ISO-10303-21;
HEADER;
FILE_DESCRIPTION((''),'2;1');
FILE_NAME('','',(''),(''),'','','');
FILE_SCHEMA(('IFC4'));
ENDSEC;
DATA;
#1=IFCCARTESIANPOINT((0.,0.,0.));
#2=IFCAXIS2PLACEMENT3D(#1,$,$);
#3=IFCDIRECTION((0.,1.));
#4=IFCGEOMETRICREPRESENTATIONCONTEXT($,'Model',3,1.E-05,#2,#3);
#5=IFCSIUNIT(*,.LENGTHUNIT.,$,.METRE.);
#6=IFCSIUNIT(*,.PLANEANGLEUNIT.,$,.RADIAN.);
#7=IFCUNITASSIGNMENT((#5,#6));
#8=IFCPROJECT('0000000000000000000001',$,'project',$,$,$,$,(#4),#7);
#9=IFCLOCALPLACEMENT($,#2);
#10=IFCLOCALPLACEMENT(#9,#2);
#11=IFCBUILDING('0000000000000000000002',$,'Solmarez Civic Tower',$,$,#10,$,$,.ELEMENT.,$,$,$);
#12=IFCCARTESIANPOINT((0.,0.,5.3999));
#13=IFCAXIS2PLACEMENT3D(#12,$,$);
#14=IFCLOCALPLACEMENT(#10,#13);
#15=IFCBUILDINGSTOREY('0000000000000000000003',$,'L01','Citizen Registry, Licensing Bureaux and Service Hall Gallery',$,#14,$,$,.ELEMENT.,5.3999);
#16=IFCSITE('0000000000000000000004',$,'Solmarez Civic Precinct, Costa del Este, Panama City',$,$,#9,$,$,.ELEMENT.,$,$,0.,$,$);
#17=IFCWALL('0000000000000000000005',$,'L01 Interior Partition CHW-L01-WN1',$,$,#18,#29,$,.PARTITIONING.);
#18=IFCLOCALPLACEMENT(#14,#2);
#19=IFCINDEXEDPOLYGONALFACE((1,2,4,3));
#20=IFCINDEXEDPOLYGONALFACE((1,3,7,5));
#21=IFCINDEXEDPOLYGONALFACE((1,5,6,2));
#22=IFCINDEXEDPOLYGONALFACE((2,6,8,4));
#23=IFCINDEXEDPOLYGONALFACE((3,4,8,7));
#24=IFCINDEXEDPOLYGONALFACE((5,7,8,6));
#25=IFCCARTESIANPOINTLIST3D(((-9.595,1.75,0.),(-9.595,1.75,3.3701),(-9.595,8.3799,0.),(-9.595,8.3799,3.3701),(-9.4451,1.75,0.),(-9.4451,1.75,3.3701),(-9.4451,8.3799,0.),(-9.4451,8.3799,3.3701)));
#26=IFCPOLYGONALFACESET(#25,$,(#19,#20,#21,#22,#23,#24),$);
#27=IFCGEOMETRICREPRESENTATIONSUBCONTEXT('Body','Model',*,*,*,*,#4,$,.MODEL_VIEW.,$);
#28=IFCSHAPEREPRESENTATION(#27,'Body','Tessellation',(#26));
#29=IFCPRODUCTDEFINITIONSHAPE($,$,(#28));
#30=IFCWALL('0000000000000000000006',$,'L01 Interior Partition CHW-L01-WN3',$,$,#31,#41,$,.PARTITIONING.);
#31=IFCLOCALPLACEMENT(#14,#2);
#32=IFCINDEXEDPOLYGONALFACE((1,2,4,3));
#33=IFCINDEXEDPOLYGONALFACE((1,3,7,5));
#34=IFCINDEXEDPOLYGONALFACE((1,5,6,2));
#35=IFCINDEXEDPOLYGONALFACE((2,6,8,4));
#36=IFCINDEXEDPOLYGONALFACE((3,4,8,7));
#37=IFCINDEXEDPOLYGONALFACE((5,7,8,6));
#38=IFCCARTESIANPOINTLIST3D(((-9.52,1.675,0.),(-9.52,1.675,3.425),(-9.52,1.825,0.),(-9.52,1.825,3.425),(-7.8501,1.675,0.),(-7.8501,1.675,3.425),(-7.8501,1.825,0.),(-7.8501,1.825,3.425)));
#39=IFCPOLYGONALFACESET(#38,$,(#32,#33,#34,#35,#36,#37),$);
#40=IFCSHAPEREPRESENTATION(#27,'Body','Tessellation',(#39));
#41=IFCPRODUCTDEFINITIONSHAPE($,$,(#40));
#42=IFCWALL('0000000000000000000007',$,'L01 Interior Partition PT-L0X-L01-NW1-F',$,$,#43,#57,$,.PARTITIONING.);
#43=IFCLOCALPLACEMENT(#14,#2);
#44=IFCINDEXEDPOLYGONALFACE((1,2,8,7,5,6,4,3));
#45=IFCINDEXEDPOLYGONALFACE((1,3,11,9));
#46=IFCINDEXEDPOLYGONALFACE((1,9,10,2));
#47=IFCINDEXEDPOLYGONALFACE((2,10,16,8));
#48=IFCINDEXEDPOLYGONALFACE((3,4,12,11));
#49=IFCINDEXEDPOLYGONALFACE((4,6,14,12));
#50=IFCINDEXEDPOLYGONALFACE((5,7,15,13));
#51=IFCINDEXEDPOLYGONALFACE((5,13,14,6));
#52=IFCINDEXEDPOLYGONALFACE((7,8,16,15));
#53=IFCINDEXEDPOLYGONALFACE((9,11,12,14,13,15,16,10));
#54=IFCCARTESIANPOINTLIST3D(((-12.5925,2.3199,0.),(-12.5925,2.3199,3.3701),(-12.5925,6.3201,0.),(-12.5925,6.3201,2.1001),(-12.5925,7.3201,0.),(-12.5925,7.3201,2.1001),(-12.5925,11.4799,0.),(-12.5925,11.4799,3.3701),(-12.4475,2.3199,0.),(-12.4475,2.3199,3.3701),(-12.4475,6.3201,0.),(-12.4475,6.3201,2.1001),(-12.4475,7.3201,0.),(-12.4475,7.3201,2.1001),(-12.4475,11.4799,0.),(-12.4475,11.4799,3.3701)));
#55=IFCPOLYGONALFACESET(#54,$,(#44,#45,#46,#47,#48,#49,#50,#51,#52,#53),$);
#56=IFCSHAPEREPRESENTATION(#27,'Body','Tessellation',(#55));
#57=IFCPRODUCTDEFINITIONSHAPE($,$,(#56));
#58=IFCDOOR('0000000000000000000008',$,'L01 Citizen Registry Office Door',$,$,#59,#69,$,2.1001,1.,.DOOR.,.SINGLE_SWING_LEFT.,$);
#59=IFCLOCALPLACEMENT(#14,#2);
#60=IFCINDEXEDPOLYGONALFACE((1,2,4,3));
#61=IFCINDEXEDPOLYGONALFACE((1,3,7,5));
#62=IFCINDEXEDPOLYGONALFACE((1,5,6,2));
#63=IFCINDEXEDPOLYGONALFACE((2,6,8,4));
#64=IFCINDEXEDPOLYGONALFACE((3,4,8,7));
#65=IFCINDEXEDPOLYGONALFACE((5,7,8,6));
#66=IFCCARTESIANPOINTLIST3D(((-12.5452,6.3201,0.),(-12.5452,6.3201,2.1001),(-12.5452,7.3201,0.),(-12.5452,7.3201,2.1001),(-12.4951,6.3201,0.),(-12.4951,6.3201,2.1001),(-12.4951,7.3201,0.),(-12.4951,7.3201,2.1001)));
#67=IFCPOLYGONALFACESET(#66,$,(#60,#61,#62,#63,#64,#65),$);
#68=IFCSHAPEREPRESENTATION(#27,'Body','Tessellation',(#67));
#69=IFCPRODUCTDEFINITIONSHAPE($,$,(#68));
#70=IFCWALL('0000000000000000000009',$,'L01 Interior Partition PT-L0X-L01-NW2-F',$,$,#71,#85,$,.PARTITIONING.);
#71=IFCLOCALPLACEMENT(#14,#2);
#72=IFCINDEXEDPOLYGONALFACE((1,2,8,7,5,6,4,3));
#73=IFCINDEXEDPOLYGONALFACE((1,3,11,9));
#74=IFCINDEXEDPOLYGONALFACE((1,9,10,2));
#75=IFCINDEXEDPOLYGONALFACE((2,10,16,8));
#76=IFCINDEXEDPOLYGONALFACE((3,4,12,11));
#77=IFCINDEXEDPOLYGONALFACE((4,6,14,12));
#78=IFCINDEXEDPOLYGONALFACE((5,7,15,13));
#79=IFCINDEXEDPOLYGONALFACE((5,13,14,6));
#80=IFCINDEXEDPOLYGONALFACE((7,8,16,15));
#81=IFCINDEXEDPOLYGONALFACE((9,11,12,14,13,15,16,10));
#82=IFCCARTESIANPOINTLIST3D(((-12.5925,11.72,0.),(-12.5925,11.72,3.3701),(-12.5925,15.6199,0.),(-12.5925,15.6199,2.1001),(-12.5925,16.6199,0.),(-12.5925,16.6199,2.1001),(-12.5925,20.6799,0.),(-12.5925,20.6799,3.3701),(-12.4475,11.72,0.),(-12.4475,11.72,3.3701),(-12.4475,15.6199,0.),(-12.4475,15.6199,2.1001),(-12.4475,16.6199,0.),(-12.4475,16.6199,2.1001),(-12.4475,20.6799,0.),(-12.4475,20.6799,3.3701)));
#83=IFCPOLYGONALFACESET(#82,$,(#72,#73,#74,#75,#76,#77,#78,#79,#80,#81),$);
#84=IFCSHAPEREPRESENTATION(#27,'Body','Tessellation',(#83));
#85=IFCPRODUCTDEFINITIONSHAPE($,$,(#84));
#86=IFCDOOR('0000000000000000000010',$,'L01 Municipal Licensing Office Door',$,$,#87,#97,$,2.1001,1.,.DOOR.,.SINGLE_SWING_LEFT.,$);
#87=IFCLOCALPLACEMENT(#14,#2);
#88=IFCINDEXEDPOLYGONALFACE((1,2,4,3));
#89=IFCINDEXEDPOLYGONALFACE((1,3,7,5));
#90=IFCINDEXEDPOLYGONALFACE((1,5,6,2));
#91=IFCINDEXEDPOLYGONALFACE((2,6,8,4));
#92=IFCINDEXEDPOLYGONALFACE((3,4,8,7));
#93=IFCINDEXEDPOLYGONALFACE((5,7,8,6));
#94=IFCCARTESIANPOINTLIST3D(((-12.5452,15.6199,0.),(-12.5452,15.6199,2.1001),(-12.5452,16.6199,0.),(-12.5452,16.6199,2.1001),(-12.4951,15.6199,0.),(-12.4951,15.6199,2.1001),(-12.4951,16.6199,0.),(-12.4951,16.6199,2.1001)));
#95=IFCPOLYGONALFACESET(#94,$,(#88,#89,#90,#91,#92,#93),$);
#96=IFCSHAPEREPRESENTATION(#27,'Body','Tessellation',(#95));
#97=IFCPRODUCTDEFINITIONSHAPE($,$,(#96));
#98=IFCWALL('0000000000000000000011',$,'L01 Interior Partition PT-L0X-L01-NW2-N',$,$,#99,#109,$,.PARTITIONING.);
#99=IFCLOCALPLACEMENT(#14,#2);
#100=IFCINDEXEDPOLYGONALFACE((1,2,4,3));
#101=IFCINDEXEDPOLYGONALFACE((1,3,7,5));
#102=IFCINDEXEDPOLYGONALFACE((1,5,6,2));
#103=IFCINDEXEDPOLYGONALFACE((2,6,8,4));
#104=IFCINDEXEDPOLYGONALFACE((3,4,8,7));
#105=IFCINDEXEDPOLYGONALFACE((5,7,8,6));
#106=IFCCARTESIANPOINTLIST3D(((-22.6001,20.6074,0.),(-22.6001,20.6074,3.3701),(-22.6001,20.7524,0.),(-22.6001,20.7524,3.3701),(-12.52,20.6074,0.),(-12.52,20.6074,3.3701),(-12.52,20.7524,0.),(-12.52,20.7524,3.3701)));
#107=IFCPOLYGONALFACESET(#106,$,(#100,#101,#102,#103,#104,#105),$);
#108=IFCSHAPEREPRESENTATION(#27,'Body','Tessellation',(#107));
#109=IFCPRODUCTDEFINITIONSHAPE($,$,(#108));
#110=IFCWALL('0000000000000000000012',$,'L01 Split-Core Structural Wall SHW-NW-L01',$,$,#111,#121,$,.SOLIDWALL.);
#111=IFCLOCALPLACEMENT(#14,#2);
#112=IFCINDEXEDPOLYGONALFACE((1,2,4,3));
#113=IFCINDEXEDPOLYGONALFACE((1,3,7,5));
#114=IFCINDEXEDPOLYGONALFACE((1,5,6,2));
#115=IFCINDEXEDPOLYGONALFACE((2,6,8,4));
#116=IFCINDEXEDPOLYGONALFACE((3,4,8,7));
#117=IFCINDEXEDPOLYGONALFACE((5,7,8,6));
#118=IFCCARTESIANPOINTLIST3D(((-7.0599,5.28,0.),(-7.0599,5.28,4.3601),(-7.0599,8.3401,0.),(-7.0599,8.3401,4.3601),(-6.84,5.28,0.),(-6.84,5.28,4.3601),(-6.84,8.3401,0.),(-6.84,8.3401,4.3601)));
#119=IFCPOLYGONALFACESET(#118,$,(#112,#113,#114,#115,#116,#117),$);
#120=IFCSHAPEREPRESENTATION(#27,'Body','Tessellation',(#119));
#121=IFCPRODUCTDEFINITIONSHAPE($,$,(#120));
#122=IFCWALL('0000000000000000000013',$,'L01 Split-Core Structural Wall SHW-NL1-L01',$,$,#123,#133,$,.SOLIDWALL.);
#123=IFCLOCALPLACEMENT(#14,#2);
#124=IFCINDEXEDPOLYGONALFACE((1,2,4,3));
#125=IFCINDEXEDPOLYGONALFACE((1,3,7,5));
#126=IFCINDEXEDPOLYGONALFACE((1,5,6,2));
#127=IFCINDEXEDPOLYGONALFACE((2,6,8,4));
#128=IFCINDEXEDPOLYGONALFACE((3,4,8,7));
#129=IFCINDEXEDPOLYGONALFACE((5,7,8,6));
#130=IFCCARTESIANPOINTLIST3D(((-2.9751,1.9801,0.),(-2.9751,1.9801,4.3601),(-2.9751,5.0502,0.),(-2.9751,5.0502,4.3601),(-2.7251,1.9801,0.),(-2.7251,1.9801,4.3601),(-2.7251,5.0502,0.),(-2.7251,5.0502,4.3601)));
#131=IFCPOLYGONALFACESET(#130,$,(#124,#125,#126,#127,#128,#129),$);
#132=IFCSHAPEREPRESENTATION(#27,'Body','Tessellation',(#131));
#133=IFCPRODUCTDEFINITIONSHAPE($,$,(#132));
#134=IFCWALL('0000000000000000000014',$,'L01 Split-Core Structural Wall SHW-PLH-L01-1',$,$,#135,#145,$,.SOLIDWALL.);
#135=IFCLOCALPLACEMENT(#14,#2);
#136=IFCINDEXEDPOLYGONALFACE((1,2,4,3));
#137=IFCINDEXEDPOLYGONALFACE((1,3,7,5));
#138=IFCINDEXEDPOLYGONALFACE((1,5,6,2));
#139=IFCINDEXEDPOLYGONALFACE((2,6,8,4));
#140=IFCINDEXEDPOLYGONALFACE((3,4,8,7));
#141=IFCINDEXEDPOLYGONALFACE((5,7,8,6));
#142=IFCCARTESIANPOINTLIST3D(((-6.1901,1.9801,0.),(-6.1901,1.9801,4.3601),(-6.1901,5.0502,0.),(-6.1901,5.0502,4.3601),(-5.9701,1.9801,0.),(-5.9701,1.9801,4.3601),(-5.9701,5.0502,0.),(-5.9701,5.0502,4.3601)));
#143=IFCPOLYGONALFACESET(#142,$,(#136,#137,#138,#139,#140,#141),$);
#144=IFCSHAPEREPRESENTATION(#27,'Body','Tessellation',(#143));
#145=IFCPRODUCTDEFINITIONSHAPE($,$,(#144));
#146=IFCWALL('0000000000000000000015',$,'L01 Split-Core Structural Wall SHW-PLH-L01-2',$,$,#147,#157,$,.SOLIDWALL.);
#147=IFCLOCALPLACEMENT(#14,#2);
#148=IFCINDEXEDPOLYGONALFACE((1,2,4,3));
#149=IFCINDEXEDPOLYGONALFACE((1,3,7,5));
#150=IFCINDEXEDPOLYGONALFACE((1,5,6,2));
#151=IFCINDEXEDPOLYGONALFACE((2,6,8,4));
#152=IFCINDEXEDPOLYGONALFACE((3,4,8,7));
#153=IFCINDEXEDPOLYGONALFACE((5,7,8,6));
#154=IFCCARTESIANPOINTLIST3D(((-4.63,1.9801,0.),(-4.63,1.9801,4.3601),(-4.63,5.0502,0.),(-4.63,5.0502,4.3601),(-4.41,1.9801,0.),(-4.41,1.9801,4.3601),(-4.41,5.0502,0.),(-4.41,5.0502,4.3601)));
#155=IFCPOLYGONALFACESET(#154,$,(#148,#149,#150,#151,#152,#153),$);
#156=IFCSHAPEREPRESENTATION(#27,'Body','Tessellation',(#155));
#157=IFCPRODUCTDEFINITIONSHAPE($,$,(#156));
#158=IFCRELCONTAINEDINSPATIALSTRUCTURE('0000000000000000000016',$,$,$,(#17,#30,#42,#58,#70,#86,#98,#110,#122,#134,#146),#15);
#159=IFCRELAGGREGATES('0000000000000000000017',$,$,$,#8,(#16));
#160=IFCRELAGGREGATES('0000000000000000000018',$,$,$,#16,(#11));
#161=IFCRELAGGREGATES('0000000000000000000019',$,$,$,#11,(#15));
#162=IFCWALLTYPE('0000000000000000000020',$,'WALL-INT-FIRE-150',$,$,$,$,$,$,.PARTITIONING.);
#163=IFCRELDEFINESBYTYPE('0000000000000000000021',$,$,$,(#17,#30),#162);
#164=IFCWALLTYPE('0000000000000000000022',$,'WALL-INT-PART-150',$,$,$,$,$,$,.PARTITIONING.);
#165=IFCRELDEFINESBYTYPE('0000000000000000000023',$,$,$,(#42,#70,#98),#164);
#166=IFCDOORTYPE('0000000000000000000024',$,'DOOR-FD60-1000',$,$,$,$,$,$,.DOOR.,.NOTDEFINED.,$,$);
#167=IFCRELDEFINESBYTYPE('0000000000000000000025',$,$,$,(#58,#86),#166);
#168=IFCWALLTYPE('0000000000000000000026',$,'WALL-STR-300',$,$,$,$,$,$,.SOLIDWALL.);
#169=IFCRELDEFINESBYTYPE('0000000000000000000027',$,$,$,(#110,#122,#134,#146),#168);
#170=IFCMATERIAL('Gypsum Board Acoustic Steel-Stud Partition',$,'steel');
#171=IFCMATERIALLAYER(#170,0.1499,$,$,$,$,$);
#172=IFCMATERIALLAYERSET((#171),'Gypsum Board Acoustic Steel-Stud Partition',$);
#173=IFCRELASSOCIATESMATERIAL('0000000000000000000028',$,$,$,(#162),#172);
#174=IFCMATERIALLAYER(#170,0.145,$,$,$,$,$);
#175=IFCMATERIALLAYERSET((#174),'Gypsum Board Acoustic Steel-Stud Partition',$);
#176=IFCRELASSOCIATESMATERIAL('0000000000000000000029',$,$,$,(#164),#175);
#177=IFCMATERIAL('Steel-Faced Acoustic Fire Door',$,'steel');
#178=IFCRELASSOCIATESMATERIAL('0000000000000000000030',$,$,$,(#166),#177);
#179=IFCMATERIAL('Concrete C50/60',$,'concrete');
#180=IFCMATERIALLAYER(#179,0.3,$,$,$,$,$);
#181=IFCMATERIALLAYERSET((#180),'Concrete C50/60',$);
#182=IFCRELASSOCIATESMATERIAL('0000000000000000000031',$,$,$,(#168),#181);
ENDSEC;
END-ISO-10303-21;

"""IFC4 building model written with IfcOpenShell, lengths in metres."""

from ifc_helpers import new_model, si_unit, direction, frame, frame_2d, origin, place, context, subcontext, project, spatial, rectangle, extrude, material, layer, layer_set, type_object, element, fill, save


model = new_model("IFC4")

# Units and contexts
model_context = context("Model", 3, precision=1e-05, world=origin(), true_north=direction((0.0, 1.0)))
body_context = subcontext(model_context, "Body", "Model", "MODEL_VIEW")
ifc_project = project(units=[si_unit("LENGTHUNIT", "METRE"), si_unit("PLANEANGLEUNIT", "RADIAN")], contexts=[model_context])

# Site, building, storey
site_placement = place(None, origin())
site = spatial("IfcSite", under=ifc_project, at=site_placement, Name="Solmarez Civic Precinct, Costa del Este, Panama City", CompositionType="ELEMENT", RefElevation=0.0)
building_placement = place(site_placement, origin())
building = spatial("IfcBuilding", under=site, at=building_placement, Name="Solmarez Civic Tower", CompositionType="ELEMENT")
storey_placement = place(building_placement, frame((0.0, 0.0, 5.3999)))
storey = spatial("IfcBuildingStorey", under=building, at=storey_placement, Name="L01", Description="Citizen Registry, Licensing Bureaux and Service Hall Gallery", CompositionType="ELEMENT", Elevation=5.3999)

# Shared definitions
ifc_material_1 = material(Name="Concrete C50/60", Category="concrete")

# Walls
ifc_material_2 = material(Name="Gypsum Board Acoustic Steel-Stud Partition", Category="steel")
ifc_layer_1 = layer(ifc_material_2, 0.1499)
ifc_layer_set_1 = layer_set([ifc_layer_1], Name="Gypsum Board Acoustic Steel-Stud Partition")
wall_type_1 = type_object("IfcWallType", Name="WALL-INT-FIRE-150", PredefinedType="PARTITIONING", material=ifc_layer_set_1)
wall_1_placement = place(storey_placement, frame((-9.52, 1.75, 0.0), z_axis=(0.0, 0.0, 1.0), x_axis=(0.0, 1.0, 0.0)))
element("IfcWall", 1, at=wall_1_placement, inside=storey, type_object=wall_type_1, Name="L01 Interior Partition CHW-L01-WN1", PredefinedType="PARTITIONING", context=body_context, shape_type="SweptSolid", body=[
    extrude(rectangle(XDim=6.6299, YDim=0.1499, at=frame_2d((3.3149, 0.0))), origin(), (0.0, 0.0, 1.0), 3.3701),
])
wall_2_placement = place(storey_placement, frame((-7.8501, 1.75, 0.0), z_axis=(0.0, 0.0, 1.0), x_axis=(-1.0, 0.0, 0.0)))
element("IfcWall", 2, at=wall_2_placement, inside=storey, type_object=wall_type_1, Name="L01 Interior Partition CHW-L01-WN3", PredefinedType="PARTITIONING", context=body_context, shape_type="SweptSolid", body=[
    extrude(rectangle(XDim=1.6699, YDim=0.1499, at=frame_2d((0.835, 0.0))), origin(), (0.0, 0.0, 1.0), 3.425),
])

# Walls, openings, doors
ifc_layer_2 = layer(ifc_material_2, 0.145)
ifc_layer_set_2 = layer_set([ifc_layer_2], Name="Gypsum Board Acoustic Steel-Stud Partition")
wall_type_2 = type_object("IfcWallType", Name="WALL-INT-PART-150", PredefinedType="PARTITIONING", material=ifc_layer_set_2)
wall_3_placement = place(storey_placement, frame((-12.52, 11.48, 0.0), z_axis=(0.0, 0.0, 1.0), x_axis=(0.0, -1.0, 0.0)))
wall_3 = element("IfcWall", 3, at=wall_3_placement, inside=storey, type_object=wall_type_2, Name="L01 Interior Partition PT-L0X-L01-NW1-F", PredefinedType="PARTITIONING", context=body_context, shape_type="SweptSolid", body=[
    extrude(rectangle(XDim=9.1599, YDim=0.145, at=frame_2d((4.5801, 0.0))), origin(), (0.0, 0.0, 1.0), 3.3701),
])
opening_1_placement = place(wall_3_placement, frame((4.1599, 0.0, 0.0)))
opening_1 = element("IfcOpeningElement", 4, at=opening_1_placement, cuts=wall_3, PredefinedType="OPENING", context=body_context, shape_type="SweptSolid", body=[
    extrude(rectangle(XDim=1.0, YDim=2.1001, at=frame_2d((0.5, 1.05))), frame((0.0, 0.0825, 0.0), z_axis=(0.0, -1.0, 0.0), x_axis=(1.0, 0.0, 0.0)), (0.0, 0.0, 1.0), 0.165),
])
ifc_material_3 = material(Name="Steel-Faced Acoustic Fire Door", Category="steel")
door_type = type_object("IfcDoorType", Name="DOOR-FD60-1000", OperationType="NOTDEFINED", PredefinedType="DOOR", material=ifc_material_3)
door_1_placement = place(opening_1_placement, origin())
door_1 = element("IfcDoor", 5, at=door_1_placement, inside=storey, type_object=door_type, Name="L01 Citizen Registry Office Door", OperationType="SINGLE_SWING_LEFT", OverallHeight=2.1001, OverallWidth=1.0, PredefinedType="DOOR", context=body_context, shape_type="SweptSolid", body=[
    extrude(rectangle(XDim=1.0, YDim=2.1001, at=frame_2d((0.5, 1.05))), frame((0.0, 0.0249, 0.0), z_axis=(0.0, -1.0, 0.0), x_axis=(1.0, 0.0, 0.0)), (0.0, 0.0, 1.0), 0.05),
])
fill(opening_1, door_1)
wall_4_placement = place(storey_placement, frame((-12.52, 20.6799, 0.0), z_axis=(0.0, 0.0, 1.0), x_axis=(0.0, -1.0, 0.0)))
wall_4 = element("IfcWall", 6, at=wall_4_placement, inside=storey, type_object=wall_type_2, Name="L01 Interior Partition PT-L0X-L01-NW2-F", PredefinedType="PARTITIONING", context=body_context, shape_type="SweptSolid", body=[
    extrude(rectangle(XDim=8.96, YDim=0.145, at=frame_2d((4.48, 0.0))), origin(), (0.0, 0.0, 1.0), 3.3701),
])
opening_2_placement = place(wall_4_placement, frame((4.0601, 0.0, 0.0)))
opening_2 = element("IfcOpeningElement", 7, at=opening_2_placement, cuts=wall_4, PredefinedType="OPENING", context=body_context, shape_type="SweptSolid", body=[
    extrude(rectangle(XDim=1.0, YDim=2.1001, at=frame_2d((0.5, 1.05))), frame((0.0, 0.0825, 0.0), z_axis=(0.0, -1.0, 0.0), x_axis=(1.0, 0.0, 0.0)), (0.0, 0.0, 1.0), 0.165),
])
door_2_placement = place(opening_2_placement, origin())
door_2 = element("IfcDoor", 8, at=door_2_placement, inside=storey, type_object=door_type, Name="L01 Municipal Licensing Office Door", OperationType="SINGLE_SWING_LEFT", OverallHeight=2.1001, OverallWidth=1.0, PredefinedType="DOOR", context=body_context, shape_type="SweptSolid", body=[
    extrude(rectangle(XDim=1.0, YDim=2.1001, at=frame_2d((0.5, 1.05))), frame((0.0, 0.0249, 0.0), z_axis=(0.0, -1.0, 0.0), x_axis=(1.0, 0.0, 0.0)), (0.0, 0.0, 1.0), 0.05),
])
fill(opening_2, door_2)

# Walls
wall_5_placement = place(storey_placement, frame((-22.6001, 20.6799, 0.0), z_axis=(0.0, 0.0, 1.0), x_axis=(1.0, 0.0, 0.0)))
element("IfcWall", 9, at=wall_5_placement, inside=storey, type_object=wall_type_2, Name="L01 Interior Partition PT-L0X-L01-NW2-N", PredefinedType="PARTITIONING", context=body_context, shape_type="SweptSolid", body=[
    extrude(rectangle(XDim=10.0801, YDim=0.145, at=frame_2d((5.04, 0.0))), origin(), (0.0, 0.0, 1.0), 3.3701),
])
ifc_layer_3 = layer(ifc_material_1, 0.3)
ifc_layer_set_3 = layer_set([ifc_layer_3], Name="Concrete C50/60")
wall_type_3 = type_object("IfcWallType", Name="WALL-STR-300", PredefinedType="SOLIDWALL", material=ifc_layer_set_3)
wall_6_placement = place(storey_placement, frame((-6.95, 5.28, 0.0), z_axis=(0.0, 0.0, 1.0), x_axis=(0.0, 1.0, 0.0)))
element("IfcWall", 10, at=wall_6_placement, inside=storey, type_object=wall_type_3, Name="L01 Split-Core Structural Wall SHW-NW-L01", PredefinedType="SOLIDWALL", context=body_context, shape_type="SweptSolid", body=[
    extrude(rectangle(XDim=3.0601, YDim=0.22, at=frame_2d((1.53, 0.0))), origin(), (0.0, 0.0, 1.0), 4.3601),
])
wall_7_placement = place(storey_placement, frame((-2.8501, 1.98, 0.0), z_axis=(0.0, 0.0, 1.0), x_axis=(0.0, 1.0, 0.0)))
element("IfcWall", 11, at=wall_7_placement, inside=storey, type_object=wall_type_3, Name="L01 Split-Core Structural Wall SHW-NL1-L01", PredefinedType="SOLIDWALL", context=body_context, shape_type="SweptSolid", body=[
    extrude(rectangle(XDim=3.0701, YDim=0.25, at=frame_2d((1.5352, 0.0))), origin(), (0.0, 0.0, 1.0), 4.3601),
])
for number, where, z_axis, x_axis, name in (
    (12, (-6.0801, 1.98, 0.0), (0.0, 0.0, 1.0), (0.0, 1.0, 0.0), "L01 Split-Core Structural Wall SHW-PLH-L01-1"),
    (13, (-4.52, 1.98, 0.0), (0.0, 0.0, 1.0), (0.0, 1.0, 0.0), "L01 Split-Core Structural Wall SHW-PLH-L01-2"),
):
    element("IfcWall", number, at=place(storey_placement, frame(where, z_axis=z_axis, x_axis=x_axis)), inside=storey, type_object=wall_type_3, Name=name, PredefinedType="SOLIDWALL", context=body_context, shape_type="SweptSolid", body=[
        extrude(rectangle(XDim=3.0701, YDim=0.22, at=frame_2d((1.5352, 0.0))), origin(), (0.0, 0.0, 1.0), 4.3601),
    ])

save(model, "model.ifc")
